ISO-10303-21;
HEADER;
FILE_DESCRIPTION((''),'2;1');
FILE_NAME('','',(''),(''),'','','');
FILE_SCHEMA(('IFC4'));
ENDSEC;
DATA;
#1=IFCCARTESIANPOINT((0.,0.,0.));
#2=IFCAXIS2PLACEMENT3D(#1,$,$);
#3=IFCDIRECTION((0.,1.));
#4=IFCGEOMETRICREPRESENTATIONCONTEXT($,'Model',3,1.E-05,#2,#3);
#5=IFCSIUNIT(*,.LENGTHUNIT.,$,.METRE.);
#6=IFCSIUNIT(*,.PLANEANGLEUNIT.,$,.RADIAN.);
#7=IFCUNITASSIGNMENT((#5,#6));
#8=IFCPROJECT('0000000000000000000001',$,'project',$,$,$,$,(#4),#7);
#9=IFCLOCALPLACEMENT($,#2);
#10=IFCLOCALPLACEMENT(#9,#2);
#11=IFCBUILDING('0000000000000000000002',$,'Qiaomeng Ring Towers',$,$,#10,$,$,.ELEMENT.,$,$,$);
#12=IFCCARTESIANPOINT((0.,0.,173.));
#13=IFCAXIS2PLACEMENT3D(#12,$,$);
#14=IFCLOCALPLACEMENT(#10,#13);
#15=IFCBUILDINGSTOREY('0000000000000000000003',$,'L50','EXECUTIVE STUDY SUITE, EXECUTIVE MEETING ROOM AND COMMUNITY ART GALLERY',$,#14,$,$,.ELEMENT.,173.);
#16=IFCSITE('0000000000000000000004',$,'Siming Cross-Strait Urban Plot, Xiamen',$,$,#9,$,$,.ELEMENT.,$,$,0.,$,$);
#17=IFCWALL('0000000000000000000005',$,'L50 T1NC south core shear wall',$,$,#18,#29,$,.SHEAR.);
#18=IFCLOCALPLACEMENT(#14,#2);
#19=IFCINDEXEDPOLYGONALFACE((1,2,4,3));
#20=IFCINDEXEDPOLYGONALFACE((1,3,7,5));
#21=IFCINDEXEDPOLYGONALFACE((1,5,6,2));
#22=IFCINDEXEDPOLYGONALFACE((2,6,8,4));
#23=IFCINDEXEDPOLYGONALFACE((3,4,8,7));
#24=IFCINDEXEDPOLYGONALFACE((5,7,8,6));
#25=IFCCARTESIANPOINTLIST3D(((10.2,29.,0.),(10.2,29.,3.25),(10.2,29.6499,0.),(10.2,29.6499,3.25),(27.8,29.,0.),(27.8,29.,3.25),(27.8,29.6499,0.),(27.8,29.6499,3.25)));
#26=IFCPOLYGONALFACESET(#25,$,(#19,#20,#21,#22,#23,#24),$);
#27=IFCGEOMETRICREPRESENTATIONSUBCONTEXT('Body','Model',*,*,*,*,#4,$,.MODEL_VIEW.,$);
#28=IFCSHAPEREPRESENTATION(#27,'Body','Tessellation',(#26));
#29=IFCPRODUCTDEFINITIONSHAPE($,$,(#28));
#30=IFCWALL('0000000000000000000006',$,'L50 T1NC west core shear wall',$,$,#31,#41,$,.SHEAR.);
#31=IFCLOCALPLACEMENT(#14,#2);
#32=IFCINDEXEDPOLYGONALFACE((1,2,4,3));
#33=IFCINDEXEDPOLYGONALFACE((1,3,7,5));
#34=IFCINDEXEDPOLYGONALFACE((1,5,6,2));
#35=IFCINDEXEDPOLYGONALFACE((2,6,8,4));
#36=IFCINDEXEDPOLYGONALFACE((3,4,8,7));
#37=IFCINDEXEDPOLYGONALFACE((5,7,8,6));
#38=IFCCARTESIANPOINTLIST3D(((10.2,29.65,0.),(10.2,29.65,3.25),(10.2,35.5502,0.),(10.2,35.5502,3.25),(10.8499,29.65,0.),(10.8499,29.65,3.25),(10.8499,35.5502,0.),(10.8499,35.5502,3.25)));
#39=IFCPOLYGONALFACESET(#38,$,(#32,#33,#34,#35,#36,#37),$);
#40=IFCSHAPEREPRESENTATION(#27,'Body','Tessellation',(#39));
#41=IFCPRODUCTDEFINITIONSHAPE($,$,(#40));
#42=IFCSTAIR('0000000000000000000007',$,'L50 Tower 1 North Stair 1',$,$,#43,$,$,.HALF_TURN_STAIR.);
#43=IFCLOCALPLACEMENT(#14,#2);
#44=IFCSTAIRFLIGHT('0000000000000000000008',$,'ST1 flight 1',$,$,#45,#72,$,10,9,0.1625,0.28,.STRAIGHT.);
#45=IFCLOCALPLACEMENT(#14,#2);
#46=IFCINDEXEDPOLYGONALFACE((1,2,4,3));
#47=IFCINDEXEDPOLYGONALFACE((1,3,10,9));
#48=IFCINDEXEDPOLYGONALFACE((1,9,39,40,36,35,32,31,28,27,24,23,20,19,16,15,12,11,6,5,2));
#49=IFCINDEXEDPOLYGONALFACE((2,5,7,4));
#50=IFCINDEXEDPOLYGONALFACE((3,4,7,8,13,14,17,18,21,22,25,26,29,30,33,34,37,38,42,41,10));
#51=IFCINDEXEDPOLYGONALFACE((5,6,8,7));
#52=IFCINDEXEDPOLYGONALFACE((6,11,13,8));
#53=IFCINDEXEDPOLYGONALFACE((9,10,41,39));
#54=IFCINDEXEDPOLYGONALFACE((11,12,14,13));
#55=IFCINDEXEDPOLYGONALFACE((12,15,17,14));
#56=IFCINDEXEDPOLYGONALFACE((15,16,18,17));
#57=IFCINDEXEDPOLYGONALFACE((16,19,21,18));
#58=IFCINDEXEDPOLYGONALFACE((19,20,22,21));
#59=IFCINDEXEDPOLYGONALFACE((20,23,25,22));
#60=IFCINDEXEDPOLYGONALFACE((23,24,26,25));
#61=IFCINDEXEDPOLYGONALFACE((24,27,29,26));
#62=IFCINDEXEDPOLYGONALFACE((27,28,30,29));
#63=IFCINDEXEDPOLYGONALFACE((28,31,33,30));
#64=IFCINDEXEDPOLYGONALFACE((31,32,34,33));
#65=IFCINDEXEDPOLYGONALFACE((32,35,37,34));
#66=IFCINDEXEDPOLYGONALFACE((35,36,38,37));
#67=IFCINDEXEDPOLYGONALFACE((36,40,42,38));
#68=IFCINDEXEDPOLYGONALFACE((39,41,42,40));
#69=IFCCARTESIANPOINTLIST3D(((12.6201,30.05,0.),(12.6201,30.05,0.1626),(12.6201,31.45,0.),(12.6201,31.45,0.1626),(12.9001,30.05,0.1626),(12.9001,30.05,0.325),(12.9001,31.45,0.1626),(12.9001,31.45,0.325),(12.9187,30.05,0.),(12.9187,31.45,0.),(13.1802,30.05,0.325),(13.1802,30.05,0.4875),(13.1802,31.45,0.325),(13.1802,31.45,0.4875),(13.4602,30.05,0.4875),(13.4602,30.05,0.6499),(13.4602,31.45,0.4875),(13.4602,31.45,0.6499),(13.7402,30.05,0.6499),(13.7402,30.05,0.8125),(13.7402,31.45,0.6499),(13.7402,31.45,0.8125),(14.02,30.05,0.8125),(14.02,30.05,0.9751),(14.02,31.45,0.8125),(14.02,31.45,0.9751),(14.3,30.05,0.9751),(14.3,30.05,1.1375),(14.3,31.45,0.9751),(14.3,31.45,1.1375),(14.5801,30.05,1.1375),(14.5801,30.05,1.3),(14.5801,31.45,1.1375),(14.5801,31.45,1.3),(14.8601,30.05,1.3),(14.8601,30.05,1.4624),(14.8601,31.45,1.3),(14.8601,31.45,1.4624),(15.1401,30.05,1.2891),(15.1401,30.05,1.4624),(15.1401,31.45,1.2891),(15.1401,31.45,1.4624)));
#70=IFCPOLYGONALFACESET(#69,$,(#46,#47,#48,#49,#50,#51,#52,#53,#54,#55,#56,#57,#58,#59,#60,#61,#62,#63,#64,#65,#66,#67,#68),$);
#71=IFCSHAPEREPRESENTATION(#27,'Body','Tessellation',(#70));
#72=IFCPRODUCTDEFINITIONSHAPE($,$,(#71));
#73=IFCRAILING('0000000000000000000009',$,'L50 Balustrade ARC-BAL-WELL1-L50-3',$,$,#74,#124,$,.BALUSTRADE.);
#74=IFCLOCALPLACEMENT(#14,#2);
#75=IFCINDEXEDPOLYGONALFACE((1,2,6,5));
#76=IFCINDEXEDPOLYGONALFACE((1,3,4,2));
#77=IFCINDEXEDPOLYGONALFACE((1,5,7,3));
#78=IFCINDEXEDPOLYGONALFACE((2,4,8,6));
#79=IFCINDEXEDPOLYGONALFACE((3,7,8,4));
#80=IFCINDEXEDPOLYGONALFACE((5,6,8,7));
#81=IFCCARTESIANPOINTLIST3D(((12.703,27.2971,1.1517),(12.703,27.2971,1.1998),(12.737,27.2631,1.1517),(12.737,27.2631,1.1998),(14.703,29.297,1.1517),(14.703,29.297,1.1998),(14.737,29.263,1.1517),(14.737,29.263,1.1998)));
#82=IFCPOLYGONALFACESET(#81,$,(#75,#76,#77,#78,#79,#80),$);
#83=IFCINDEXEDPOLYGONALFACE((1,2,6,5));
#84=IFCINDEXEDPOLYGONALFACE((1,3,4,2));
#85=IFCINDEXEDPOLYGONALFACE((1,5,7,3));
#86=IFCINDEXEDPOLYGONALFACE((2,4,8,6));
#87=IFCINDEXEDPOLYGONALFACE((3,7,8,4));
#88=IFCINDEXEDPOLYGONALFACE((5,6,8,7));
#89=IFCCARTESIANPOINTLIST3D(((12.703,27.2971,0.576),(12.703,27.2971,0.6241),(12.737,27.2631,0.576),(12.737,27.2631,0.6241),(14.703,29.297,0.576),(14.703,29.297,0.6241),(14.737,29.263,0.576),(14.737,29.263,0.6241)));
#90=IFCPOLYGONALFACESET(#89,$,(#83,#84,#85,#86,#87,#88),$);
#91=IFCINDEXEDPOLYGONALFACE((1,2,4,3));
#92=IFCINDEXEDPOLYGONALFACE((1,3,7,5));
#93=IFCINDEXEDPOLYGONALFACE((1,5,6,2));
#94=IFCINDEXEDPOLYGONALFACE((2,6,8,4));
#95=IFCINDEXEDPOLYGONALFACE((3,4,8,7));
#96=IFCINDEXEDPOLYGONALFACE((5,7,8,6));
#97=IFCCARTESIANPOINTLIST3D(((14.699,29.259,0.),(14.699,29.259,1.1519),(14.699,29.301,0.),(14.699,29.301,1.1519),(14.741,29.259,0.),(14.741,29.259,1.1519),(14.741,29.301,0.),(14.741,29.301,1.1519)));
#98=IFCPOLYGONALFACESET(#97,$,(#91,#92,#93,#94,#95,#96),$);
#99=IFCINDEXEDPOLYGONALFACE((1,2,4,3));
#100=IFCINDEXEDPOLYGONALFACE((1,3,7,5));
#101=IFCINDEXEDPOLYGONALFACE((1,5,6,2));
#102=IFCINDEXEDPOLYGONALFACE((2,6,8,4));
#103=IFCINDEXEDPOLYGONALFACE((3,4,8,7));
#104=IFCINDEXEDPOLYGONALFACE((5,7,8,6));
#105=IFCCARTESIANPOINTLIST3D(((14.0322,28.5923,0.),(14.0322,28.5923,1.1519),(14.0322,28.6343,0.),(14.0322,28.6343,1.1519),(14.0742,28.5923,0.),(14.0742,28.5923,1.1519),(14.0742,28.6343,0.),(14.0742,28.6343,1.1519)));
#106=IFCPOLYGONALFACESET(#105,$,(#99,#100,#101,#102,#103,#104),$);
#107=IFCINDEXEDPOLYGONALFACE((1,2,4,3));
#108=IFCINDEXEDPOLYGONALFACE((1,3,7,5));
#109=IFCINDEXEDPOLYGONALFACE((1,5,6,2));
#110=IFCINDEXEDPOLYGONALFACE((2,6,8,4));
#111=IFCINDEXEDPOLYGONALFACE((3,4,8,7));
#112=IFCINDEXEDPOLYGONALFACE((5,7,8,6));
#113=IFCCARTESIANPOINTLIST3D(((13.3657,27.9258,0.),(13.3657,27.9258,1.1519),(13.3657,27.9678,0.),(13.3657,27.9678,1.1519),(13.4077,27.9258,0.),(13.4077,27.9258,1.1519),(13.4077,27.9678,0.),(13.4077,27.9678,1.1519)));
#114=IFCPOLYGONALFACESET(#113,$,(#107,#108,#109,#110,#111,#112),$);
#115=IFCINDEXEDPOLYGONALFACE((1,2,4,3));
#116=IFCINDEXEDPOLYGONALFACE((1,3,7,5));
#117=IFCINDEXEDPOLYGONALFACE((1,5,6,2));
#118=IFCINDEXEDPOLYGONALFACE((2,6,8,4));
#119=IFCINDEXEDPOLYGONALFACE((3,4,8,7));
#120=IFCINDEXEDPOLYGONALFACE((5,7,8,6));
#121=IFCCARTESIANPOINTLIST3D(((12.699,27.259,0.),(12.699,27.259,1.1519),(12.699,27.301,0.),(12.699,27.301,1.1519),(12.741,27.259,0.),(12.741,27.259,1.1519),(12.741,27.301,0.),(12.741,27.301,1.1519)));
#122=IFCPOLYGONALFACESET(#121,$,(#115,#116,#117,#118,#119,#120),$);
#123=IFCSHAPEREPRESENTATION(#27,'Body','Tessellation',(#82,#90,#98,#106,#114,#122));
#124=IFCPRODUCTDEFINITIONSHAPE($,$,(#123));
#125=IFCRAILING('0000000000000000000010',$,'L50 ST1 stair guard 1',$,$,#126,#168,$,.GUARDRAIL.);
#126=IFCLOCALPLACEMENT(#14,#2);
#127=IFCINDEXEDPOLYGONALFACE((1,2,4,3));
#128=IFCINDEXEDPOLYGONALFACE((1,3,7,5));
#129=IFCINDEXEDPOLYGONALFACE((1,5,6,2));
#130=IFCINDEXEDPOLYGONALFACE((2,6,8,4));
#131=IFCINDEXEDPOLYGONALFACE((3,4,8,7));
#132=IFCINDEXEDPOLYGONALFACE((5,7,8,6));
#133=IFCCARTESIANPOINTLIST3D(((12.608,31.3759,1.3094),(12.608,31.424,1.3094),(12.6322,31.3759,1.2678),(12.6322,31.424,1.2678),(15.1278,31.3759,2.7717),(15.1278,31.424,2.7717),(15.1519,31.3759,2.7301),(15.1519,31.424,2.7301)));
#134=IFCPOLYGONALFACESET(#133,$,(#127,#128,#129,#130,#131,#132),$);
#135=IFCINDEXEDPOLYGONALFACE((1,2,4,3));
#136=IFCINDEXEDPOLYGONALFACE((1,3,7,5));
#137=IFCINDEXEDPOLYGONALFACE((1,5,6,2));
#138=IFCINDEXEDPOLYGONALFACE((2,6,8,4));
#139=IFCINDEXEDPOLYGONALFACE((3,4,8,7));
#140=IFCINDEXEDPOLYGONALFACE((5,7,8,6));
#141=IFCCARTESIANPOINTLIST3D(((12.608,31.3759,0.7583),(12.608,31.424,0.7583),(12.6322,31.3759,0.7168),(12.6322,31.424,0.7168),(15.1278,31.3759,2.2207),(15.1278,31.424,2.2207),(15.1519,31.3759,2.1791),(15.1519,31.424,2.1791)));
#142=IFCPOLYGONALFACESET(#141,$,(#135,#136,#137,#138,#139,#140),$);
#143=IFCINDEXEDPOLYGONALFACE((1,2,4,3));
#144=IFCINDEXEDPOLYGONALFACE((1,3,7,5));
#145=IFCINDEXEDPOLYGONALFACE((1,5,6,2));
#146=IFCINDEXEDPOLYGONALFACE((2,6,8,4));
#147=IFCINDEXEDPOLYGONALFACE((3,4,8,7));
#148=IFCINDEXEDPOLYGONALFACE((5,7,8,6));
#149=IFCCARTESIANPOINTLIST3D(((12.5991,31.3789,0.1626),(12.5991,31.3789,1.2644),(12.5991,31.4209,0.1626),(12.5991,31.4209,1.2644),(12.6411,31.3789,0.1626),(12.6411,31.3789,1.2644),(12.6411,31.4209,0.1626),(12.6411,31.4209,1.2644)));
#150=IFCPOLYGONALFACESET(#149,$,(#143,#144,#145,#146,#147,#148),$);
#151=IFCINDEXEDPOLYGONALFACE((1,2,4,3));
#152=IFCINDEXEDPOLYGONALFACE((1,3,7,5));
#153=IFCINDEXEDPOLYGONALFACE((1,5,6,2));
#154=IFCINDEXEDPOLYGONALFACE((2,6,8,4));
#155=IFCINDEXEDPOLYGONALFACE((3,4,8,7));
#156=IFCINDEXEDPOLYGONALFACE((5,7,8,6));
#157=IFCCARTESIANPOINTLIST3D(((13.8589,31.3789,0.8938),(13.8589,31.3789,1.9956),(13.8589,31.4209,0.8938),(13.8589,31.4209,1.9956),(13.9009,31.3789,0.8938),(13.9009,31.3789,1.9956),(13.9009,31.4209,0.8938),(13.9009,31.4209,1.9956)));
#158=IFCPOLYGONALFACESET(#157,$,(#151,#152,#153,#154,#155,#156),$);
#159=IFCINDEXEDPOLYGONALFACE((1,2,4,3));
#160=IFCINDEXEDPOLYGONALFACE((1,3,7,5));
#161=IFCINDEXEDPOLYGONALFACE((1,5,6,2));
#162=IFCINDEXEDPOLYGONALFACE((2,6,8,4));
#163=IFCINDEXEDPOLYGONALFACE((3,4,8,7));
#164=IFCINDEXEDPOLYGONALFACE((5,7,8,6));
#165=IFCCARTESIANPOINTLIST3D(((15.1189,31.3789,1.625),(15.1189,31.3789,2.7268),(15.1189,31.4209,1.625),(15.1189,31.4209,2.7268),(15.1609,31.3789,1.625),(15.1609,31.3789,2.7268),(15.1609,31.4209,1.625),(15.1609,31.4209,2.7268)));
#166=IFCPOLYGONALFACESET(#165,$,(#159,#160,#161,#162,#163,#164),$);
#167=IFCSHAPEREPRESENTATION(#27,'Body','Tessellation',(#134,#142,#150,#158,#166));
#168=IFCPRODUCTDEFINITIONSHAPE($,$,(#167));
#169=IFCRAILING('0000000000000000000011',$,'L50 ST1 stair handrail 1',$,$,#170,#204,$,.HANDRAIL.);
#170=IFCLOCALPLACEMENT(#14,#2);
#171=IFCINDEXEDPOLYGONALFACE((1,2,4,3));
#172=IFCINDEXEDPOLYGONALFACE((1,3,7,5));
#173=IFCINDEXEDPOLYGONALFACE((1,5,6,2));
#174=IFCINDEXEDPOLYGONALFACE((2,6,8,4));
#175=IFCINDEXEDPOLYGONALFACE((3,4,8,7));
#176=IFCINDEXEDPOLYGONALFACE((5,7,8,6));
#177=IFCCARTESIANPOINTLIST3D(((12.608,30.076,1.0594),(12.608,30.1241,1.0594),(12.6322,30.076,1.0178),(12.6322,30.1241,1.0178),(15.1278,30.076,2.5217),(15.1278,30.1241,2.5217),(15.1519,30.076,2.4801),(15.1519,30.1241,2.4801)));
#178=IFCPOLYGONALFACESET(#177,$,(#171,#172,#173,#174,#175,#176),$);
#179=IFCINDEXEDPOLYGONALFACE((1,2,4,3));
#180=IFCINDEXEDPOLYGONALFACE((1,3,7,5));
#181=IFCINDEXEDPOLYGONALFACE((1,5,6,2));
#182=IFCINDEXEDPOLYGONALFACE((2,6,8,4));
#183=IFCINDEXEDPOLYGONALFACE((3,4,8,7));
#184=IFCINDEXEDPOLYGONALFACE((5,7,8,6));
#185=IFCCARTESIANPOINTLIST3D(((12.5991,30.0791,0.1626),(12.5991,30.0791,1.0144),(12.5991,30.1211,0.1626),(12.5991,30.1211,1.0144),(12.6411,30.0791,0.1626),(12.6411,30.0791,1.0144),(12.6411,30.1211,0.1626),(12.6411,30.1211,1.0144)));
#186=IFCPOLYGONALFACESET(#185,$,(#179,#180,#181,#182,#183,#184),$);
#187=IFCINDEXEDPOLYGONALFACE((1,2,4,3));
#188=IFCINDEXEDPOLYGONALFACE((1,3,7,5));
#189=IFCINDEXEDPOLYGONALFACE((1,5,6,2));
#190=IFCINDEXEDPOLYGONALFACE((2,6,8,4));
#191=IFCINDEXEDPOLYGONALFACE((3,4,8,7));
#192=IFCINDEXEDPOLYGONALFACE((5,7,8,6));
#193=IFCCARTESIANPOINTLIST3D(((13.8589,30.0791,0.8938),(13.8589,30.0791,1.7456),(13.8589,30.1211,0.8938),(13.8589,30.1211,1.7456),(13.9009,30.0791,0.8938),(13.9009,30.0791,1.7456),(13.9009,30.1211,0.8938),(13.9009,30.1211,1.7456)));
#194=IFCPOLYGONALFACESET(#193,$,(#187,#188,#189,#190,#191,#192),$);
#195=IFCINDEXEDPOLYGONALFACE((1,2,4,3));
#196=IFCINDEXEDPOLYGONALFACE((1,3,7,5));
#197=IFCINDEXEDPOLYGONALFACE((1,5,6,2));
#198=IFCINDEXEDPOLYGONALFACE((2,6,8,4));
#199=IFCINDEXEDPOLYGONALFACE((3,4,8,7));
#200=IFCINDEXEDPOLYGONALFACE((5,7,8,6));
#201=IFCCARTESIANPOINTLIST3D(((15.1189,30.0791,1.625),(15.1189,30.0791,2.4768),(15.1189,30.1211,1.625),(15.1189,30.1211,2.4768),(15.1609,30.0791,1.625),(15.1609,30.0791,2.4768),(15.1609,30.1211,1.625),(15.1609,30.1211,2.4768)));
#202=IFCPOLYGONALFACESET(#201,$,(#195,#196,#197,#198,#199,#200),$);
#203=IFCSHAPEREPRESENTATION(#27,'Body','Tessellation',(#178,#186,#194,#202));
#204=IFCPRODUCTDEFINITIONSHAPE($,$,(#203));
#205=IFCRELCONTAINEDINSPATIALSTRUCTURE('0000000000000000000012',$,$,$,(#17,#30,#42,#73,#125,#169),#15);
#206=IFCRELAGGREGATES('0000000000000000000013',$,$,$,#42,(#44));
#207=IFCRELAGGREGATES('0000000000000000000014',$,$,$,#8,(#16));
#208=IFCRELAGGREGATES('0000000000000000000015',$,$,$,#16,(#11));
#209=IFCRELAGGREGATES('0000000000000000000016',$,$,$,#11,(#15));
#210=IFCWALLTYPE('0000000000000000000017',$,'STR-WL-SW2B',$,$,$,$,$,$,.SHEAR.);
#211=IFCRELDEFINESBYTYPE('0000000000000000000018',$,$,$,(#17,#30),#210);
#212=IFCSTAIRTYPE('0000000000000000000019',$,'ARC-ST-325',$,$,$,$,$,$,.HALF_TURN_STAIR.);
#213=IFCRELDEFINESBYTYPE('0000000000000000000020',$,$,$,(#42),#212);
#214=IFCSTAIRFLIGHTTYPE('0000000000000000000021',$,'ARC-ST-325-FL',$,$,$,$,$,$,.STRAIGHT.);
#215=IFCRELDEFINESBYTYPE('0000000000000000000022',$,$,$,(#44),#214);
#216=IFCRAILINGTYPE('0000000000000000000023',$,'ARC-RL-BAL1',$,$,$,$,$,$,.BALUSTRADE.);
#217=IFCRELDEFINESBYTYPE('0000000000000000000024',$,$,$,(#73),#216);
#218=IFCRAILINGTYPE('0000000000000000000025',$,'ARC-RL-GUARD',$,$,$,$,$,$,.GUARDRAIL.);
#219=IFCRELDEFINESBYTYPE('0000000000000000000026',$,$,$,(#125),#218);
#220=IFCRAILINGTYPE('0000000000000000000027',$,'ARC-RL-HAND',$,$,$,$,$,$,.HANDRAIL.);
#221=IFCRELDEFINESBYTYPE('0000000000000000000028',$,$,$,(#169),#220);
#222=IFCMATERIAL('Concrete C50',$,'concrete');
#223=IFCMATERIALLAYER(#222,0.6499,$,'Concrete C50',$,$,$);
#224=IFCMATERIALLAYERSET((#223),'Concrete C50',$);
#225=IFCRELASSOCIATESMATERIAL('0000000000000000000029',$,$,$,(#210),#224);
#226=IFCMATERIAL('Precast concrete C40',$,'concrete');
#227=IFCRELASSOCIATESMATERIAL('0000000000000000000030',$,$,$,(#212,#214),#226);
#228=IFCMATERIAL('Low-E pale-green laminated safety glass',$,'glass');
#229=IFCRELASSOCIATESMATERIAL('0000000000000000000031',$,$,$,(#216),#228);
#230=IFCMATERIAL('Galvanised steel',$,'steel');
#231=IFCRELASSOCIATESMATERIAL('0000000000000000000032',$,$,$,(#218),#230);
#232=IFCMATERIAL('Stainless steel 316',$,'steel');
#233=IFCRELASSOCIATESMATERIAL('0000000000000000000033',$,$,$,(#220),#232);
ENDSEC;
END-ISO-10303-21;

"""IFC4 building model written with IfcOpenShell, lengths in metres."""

from ifc_helpers import new_model, si_unit, direction, frame, frame_2d, origin, origin_2d, place, context, subcontext, project, spatial, polyline, rectangle, outline, extrude, source, transform, mapped, material, layer, layer_set, type_object, element, aggregate, save


model = new_model("IFC4")

# Units and contexts
model_context = context("Model", 3, precision=1e-05, world=origin(), true_north=direction((0.0, 1.0)))
body_context = subcontext(model_context, "Body", "Model", "MODEL_VIEW")
ifc_project = project(units=[si_unit("LENGTHUNIT", "METRE"), si_unit("PLANEANGLEUNIT", "RADIAN")], contexts=[model_context])

# Site, building, storey
site_placement = place(None, origin())
site = spatial("IfcSite", under=ifc_project, at=site_placement, Name="Siming Cross-Strait Urban Plot, Xiamen", CompositionType="ELEMENT", RefElevation=0.0)
building_placement = place(site_placement, origin())
building = spatial("IfcBuilding", under=site, at=building_placement, Name="Qiaomeng Ring Towers", CompositionType="ELEMENT")
storey_placement = place(building_placement, frame((0.0, 0.0, 173.0)))
storey = spatial("IfcBuildingStorey", under=building, at=storey_placement, Name="L50", Description="EXECUTIVE STUDY SUITE, EXECUTIVE MEETING ROOM AND COMMUNITY ART GALLERY", CompositionType="ELEMENT", Elevation=173.0)

# Shared definitions
ifc_material_1 = material(Name="Concrete C50", Category="concrete")

# Walls
ifc_layer_1 = layer(ifc_material_1, 0.6499, Name="Concrete C50")
ifc_layer_set_1 = layer_set([ifc_layer_1], Name="Concrete C50")
wall_type_1 = type_object("IfcWallType", Name="STR-WL-SW2B", PredefinedType="SHEAR", material=ifc_layer_set_1)
wall_1_placement = place(storey_placement, frame((10.2, 29.325, 0.0), z_axis=(0.0, 0.0, 1.0), x_axis=(1.0, 0.0, 0.0)))
element("IfcWall", 1, at=wall_1_placement, inside=storey, type_object=wall_type_1, Name="L50 T1NC south core shear wall", PredefinedType="SHEAR", context=body_context, shape_type="SweptSolid", body=[
    extrude(rectangle(XDim=17.6001, YDim=0.6499, at=frame_2d((8.8, 0.0))), origin(), (0.0, 0.0, 1.0), 3.25),
])
wall_2_placement = place(storey_placement, frame((10.5249, 29.6499, 0.0), z_axis=(0.0, 0.0, 1.0), x_axis=(0.0, 1.0, 0.0)))
element("IfcWall", 2, at=wall_2_placement, inside=storey, type_object=wall_type_1, Name="L50 T1NC west core shear wall", PredefinedType="SHEAR", context=body_context, shape_type="SweptSolid", body=[
    extrude(rectangle(XDim=5.9001, YDim=0.6499, at=frame_2d((2.9502, 0.0))), origin(), (0.0, 0.0, 1.0), 3.25),
])

# Stair, stair flight
ifc_material_2 = material(Name="Precast concrete C40", Category="concrete")
stair_type = type_object("IfcStairType", Name="ARC-ST-325", PredefinedType="HALF_TURN_STAIR", material=ifc_material_2)
stair_placement = place(storey_placement, origin())
stair = element("IfcStair", 3, at=stair_placement, inside=storey, type_object=stair_type, Name="L50 Tower 1 North Stair 1", PredefinedType="HALF_TURN_STAIR")
stair_flight_type = type_object("IfcStairFlightType", Name="ARC-ST-325-FL", PredefinedType="STRAIGHT", material=ifc_material_2)
shared_shape_1 = source(origin(), body_context, "Body", "SweptSolid", [
    extrude(outline(polyline([(0.0, 0.0), (0.0, 0.1626), (0.28, 0.1626), (0.28, 0.325), (0.5601, 0.325), (0.5601, 0.4875), (0.8401, 0.4875), (0.8401, 0.6499), (1.1201, 0.6499), (1.1201, 0.8125), (1.3999, 0.8125), (1.3999, 0.9751), (1.6799, 0.9751), (1.6799, 1.1375), (1.96, 1.1375), (1.96, 1.3), (2.24, 1.3), (2.24, 1.4624), (2.52, 1.4624), (2.52, 1.625), (2.52, 1.2891), (0.2986, 0.0), (0.0, 0.0)])), frame((0.0, 0.7, 0.0), z_axis=(0.0, -1.0, 0.0), x_axis=(1.0, 0.0, 0.0)), (0.0, 0.0, 1.0), 1.3999),
])
stair_flight_placement = place(storey_placement, frame((12.6201, 30.75, 0.0), z_axis=(0.0, 0.0, 1.0), x_axis=(1.0, 0.0, 0.0)))
stair_flight = element("IfcStairFlight", 4, at=stair_flight_placement, type_object=stair_flight_type, Name="ST1 flight 1", NumberOfRisers=10, NumberOfTreads=9, PredefinedType="STRAIGHT", RiserHeight=0.1625, TreadLength=0.28, context=body_context, shape_type="MappedRepresentation", body=[
    mapped(shared_shape_1, transform((0.0, 0.0, 0.0), x_axis=(1.0, 0.0, 0.0), y_axis=(0.0, 1.0, 0.0), z_axis=(0.0, 0.0, 1.0), scale=1.0)),
])
aggregate(stair, [stair_flight])

# Railings
ifc_material_3 = material(Name="Low-E pale-green laminated safety glass", Category="glass")
railing_type_1 = type_object("IfcRailingType", Name="ARC-RL-BAL1", PredefinedType="BALUSTRADE", material=ifc_material_3)
railing_1_placement = place(storey_placement, frame((14.72, 29.28, 0.0)))
element("IfcRailing", 5, at=railing_1_placement, inside=storey, type_object=railing_type_1, Name="L50 Balustrade ARC-BAL-WELL1-L50-3", PredefinedType="BALUSTRADE", context=body_context, shape_type="SweptSolid", body=[
    extrude(rectangle(XDim=0.0481, YDim=0.0481, at=origin_2d()), frame((0.0, 0.0, 1.1758), z_axis=(-0.707107, -0.707107, 0.0), x_axis=(0.707107, -0.707107, 0.0)), (0.0, 0.0, 1.0), 2.8284),
    extrude(rectangle(XDim=0.0481, YDim=0.0481, at=origin_2d()), frame((0.0, 0.0, 0.6001), z_axis=(-0.707107, -0.707107, 0.0), x_axis=(0.707107, -0.707107, 0.0)), (0.0, 0.0, 1.0), 2.8284),
    extrude(rectangle(XDim=0.042, YDim=0.042, at=origin_2d()), origin(), (0.0, 0.0, 1.0), 1.1519),
    extrude(rectangle(XDim=0.042, YDim=0.042, at=origin_2d()), frame((-0.6667, -0.6667, 0.0)), (0.0, 0.0, 1.0), 1.1519),
    extrude(rectangle(XDim=0.042, YDim=0.042, at=origin_2d()), frame((-1.3333, -1.3333, 0.0)), (0.0, 0.0, 1.0), 1.1519),
    extrude(rectangle(XDim=0.042, YDim=0.042, at=origin_2d()), frame((-2.0, -2.0, 0.0)), (0.0, 0.0, 1.0), 1.1519),
])
ifc_material_4 = material(Name="Galvanised steel", Category="steel")
railing_type_2 = type_object("IfcRailingType", Name="ARC-RL-GUARD", PredefinedType="GUARDRAIL", material=ifc_material_4)
railing_2_placement = place(storey_placement, frame((12.6201, 31.3999, 0.1626)))
element("IfcRailing", 6, at=railing_2_placement, inside=storey, type_object=railing_type_2, Name="L50 ST1 stair guard 1", PredefinedType="GUARDRAIL", context=body_context, shape_type="SweptSolid", body=[
    extrude(rectangle(XDim=0.0481, YDim=0.0481, at=origin_2d()), frame((0.0, 0.0, 1.126), z_axis=(0.864892, 0.0, 0.501958), x_axis=(0.0, 1.0, 0.0)), (0.0, 0.0, 1.0), 2.9133),
    extrude(rectangle(XDim=0.0481, YDim=0.0481, at=origin_2d()), frame((0.0, 0.0, 0.575), z_axis=(0.864892, 0.0, 0.501958), x_axis=(0.0, 1.0, 0.0)), (0.0, 0.0, 1.0), 2.9133),
    extrude(rectangle(XDim=0.042, YDim=0.042, at=origin_2d()), origin(), (0.0, 0.0, 1.0), 1.1018),
    extrude(rectangle(XDim=0.042, YDim=0.042, at=origin_2d()), frame((1.2598, 0.0, 0.7312)), (0.0, 0.0, 1.0), 1.1018),
    extrude(rectangle(XDim=0.042, YDim=0.042, at=origin_2d()), frame((2.5198, 0.0, 1.4624)), (0.0, 0.0, 1.0), 1.1018),
])
ifc_material_5 = material(Name="Stainless steel 316", Category="steel")
railing_type_3 = type_object("IfcRailingType", Name="ARC-RL-HAND", PredefinedType="HANDRAIL", material=ifc_material_5)
railing_3_placement = place(storey_placement, frame((12.6201, 30.1001, 0.1626)))
element("IfcRailing", 7, at=railing_3_placement, inside=storey, type_object=railing_type_3, Name="L50 ST1 stair handrail 1", PredefinedType="HANDRAIL", context=body_context, shape_type="SweptSolid", body=[
    extrude(rectangle(XDim=0.0481, YDim=0.0481, at=origin_2d()), frame((0.0, 0.0, 0.876), z_axis=(0.864892, 0.0, 0.501958), x_axis=(0.0, 1.0, 0.0)), (0.0, 0.0, 1.0), 2.9133),
    extrude(rectangle(XDim=0.042, YDim=0.042, at=origin_2d()), origin(), (0.0, 0.0, 1.0), 0.8518),
    extrude(rectangle(XDim=0.042, YDim=0.042, at=origin_2d()), frame((1.2598, 0.0, 0.7312)), (0.0, 0.0, 1.0), 0.8518),
    extrude(rectangle(XDim=0.042, YDim=0.042, at=origin_2d()), frame((2.5198, 0.0, 1.4624)), (0.0, 0.0, 1.0), 0.8518),
])

save(model, "model.ifc")
